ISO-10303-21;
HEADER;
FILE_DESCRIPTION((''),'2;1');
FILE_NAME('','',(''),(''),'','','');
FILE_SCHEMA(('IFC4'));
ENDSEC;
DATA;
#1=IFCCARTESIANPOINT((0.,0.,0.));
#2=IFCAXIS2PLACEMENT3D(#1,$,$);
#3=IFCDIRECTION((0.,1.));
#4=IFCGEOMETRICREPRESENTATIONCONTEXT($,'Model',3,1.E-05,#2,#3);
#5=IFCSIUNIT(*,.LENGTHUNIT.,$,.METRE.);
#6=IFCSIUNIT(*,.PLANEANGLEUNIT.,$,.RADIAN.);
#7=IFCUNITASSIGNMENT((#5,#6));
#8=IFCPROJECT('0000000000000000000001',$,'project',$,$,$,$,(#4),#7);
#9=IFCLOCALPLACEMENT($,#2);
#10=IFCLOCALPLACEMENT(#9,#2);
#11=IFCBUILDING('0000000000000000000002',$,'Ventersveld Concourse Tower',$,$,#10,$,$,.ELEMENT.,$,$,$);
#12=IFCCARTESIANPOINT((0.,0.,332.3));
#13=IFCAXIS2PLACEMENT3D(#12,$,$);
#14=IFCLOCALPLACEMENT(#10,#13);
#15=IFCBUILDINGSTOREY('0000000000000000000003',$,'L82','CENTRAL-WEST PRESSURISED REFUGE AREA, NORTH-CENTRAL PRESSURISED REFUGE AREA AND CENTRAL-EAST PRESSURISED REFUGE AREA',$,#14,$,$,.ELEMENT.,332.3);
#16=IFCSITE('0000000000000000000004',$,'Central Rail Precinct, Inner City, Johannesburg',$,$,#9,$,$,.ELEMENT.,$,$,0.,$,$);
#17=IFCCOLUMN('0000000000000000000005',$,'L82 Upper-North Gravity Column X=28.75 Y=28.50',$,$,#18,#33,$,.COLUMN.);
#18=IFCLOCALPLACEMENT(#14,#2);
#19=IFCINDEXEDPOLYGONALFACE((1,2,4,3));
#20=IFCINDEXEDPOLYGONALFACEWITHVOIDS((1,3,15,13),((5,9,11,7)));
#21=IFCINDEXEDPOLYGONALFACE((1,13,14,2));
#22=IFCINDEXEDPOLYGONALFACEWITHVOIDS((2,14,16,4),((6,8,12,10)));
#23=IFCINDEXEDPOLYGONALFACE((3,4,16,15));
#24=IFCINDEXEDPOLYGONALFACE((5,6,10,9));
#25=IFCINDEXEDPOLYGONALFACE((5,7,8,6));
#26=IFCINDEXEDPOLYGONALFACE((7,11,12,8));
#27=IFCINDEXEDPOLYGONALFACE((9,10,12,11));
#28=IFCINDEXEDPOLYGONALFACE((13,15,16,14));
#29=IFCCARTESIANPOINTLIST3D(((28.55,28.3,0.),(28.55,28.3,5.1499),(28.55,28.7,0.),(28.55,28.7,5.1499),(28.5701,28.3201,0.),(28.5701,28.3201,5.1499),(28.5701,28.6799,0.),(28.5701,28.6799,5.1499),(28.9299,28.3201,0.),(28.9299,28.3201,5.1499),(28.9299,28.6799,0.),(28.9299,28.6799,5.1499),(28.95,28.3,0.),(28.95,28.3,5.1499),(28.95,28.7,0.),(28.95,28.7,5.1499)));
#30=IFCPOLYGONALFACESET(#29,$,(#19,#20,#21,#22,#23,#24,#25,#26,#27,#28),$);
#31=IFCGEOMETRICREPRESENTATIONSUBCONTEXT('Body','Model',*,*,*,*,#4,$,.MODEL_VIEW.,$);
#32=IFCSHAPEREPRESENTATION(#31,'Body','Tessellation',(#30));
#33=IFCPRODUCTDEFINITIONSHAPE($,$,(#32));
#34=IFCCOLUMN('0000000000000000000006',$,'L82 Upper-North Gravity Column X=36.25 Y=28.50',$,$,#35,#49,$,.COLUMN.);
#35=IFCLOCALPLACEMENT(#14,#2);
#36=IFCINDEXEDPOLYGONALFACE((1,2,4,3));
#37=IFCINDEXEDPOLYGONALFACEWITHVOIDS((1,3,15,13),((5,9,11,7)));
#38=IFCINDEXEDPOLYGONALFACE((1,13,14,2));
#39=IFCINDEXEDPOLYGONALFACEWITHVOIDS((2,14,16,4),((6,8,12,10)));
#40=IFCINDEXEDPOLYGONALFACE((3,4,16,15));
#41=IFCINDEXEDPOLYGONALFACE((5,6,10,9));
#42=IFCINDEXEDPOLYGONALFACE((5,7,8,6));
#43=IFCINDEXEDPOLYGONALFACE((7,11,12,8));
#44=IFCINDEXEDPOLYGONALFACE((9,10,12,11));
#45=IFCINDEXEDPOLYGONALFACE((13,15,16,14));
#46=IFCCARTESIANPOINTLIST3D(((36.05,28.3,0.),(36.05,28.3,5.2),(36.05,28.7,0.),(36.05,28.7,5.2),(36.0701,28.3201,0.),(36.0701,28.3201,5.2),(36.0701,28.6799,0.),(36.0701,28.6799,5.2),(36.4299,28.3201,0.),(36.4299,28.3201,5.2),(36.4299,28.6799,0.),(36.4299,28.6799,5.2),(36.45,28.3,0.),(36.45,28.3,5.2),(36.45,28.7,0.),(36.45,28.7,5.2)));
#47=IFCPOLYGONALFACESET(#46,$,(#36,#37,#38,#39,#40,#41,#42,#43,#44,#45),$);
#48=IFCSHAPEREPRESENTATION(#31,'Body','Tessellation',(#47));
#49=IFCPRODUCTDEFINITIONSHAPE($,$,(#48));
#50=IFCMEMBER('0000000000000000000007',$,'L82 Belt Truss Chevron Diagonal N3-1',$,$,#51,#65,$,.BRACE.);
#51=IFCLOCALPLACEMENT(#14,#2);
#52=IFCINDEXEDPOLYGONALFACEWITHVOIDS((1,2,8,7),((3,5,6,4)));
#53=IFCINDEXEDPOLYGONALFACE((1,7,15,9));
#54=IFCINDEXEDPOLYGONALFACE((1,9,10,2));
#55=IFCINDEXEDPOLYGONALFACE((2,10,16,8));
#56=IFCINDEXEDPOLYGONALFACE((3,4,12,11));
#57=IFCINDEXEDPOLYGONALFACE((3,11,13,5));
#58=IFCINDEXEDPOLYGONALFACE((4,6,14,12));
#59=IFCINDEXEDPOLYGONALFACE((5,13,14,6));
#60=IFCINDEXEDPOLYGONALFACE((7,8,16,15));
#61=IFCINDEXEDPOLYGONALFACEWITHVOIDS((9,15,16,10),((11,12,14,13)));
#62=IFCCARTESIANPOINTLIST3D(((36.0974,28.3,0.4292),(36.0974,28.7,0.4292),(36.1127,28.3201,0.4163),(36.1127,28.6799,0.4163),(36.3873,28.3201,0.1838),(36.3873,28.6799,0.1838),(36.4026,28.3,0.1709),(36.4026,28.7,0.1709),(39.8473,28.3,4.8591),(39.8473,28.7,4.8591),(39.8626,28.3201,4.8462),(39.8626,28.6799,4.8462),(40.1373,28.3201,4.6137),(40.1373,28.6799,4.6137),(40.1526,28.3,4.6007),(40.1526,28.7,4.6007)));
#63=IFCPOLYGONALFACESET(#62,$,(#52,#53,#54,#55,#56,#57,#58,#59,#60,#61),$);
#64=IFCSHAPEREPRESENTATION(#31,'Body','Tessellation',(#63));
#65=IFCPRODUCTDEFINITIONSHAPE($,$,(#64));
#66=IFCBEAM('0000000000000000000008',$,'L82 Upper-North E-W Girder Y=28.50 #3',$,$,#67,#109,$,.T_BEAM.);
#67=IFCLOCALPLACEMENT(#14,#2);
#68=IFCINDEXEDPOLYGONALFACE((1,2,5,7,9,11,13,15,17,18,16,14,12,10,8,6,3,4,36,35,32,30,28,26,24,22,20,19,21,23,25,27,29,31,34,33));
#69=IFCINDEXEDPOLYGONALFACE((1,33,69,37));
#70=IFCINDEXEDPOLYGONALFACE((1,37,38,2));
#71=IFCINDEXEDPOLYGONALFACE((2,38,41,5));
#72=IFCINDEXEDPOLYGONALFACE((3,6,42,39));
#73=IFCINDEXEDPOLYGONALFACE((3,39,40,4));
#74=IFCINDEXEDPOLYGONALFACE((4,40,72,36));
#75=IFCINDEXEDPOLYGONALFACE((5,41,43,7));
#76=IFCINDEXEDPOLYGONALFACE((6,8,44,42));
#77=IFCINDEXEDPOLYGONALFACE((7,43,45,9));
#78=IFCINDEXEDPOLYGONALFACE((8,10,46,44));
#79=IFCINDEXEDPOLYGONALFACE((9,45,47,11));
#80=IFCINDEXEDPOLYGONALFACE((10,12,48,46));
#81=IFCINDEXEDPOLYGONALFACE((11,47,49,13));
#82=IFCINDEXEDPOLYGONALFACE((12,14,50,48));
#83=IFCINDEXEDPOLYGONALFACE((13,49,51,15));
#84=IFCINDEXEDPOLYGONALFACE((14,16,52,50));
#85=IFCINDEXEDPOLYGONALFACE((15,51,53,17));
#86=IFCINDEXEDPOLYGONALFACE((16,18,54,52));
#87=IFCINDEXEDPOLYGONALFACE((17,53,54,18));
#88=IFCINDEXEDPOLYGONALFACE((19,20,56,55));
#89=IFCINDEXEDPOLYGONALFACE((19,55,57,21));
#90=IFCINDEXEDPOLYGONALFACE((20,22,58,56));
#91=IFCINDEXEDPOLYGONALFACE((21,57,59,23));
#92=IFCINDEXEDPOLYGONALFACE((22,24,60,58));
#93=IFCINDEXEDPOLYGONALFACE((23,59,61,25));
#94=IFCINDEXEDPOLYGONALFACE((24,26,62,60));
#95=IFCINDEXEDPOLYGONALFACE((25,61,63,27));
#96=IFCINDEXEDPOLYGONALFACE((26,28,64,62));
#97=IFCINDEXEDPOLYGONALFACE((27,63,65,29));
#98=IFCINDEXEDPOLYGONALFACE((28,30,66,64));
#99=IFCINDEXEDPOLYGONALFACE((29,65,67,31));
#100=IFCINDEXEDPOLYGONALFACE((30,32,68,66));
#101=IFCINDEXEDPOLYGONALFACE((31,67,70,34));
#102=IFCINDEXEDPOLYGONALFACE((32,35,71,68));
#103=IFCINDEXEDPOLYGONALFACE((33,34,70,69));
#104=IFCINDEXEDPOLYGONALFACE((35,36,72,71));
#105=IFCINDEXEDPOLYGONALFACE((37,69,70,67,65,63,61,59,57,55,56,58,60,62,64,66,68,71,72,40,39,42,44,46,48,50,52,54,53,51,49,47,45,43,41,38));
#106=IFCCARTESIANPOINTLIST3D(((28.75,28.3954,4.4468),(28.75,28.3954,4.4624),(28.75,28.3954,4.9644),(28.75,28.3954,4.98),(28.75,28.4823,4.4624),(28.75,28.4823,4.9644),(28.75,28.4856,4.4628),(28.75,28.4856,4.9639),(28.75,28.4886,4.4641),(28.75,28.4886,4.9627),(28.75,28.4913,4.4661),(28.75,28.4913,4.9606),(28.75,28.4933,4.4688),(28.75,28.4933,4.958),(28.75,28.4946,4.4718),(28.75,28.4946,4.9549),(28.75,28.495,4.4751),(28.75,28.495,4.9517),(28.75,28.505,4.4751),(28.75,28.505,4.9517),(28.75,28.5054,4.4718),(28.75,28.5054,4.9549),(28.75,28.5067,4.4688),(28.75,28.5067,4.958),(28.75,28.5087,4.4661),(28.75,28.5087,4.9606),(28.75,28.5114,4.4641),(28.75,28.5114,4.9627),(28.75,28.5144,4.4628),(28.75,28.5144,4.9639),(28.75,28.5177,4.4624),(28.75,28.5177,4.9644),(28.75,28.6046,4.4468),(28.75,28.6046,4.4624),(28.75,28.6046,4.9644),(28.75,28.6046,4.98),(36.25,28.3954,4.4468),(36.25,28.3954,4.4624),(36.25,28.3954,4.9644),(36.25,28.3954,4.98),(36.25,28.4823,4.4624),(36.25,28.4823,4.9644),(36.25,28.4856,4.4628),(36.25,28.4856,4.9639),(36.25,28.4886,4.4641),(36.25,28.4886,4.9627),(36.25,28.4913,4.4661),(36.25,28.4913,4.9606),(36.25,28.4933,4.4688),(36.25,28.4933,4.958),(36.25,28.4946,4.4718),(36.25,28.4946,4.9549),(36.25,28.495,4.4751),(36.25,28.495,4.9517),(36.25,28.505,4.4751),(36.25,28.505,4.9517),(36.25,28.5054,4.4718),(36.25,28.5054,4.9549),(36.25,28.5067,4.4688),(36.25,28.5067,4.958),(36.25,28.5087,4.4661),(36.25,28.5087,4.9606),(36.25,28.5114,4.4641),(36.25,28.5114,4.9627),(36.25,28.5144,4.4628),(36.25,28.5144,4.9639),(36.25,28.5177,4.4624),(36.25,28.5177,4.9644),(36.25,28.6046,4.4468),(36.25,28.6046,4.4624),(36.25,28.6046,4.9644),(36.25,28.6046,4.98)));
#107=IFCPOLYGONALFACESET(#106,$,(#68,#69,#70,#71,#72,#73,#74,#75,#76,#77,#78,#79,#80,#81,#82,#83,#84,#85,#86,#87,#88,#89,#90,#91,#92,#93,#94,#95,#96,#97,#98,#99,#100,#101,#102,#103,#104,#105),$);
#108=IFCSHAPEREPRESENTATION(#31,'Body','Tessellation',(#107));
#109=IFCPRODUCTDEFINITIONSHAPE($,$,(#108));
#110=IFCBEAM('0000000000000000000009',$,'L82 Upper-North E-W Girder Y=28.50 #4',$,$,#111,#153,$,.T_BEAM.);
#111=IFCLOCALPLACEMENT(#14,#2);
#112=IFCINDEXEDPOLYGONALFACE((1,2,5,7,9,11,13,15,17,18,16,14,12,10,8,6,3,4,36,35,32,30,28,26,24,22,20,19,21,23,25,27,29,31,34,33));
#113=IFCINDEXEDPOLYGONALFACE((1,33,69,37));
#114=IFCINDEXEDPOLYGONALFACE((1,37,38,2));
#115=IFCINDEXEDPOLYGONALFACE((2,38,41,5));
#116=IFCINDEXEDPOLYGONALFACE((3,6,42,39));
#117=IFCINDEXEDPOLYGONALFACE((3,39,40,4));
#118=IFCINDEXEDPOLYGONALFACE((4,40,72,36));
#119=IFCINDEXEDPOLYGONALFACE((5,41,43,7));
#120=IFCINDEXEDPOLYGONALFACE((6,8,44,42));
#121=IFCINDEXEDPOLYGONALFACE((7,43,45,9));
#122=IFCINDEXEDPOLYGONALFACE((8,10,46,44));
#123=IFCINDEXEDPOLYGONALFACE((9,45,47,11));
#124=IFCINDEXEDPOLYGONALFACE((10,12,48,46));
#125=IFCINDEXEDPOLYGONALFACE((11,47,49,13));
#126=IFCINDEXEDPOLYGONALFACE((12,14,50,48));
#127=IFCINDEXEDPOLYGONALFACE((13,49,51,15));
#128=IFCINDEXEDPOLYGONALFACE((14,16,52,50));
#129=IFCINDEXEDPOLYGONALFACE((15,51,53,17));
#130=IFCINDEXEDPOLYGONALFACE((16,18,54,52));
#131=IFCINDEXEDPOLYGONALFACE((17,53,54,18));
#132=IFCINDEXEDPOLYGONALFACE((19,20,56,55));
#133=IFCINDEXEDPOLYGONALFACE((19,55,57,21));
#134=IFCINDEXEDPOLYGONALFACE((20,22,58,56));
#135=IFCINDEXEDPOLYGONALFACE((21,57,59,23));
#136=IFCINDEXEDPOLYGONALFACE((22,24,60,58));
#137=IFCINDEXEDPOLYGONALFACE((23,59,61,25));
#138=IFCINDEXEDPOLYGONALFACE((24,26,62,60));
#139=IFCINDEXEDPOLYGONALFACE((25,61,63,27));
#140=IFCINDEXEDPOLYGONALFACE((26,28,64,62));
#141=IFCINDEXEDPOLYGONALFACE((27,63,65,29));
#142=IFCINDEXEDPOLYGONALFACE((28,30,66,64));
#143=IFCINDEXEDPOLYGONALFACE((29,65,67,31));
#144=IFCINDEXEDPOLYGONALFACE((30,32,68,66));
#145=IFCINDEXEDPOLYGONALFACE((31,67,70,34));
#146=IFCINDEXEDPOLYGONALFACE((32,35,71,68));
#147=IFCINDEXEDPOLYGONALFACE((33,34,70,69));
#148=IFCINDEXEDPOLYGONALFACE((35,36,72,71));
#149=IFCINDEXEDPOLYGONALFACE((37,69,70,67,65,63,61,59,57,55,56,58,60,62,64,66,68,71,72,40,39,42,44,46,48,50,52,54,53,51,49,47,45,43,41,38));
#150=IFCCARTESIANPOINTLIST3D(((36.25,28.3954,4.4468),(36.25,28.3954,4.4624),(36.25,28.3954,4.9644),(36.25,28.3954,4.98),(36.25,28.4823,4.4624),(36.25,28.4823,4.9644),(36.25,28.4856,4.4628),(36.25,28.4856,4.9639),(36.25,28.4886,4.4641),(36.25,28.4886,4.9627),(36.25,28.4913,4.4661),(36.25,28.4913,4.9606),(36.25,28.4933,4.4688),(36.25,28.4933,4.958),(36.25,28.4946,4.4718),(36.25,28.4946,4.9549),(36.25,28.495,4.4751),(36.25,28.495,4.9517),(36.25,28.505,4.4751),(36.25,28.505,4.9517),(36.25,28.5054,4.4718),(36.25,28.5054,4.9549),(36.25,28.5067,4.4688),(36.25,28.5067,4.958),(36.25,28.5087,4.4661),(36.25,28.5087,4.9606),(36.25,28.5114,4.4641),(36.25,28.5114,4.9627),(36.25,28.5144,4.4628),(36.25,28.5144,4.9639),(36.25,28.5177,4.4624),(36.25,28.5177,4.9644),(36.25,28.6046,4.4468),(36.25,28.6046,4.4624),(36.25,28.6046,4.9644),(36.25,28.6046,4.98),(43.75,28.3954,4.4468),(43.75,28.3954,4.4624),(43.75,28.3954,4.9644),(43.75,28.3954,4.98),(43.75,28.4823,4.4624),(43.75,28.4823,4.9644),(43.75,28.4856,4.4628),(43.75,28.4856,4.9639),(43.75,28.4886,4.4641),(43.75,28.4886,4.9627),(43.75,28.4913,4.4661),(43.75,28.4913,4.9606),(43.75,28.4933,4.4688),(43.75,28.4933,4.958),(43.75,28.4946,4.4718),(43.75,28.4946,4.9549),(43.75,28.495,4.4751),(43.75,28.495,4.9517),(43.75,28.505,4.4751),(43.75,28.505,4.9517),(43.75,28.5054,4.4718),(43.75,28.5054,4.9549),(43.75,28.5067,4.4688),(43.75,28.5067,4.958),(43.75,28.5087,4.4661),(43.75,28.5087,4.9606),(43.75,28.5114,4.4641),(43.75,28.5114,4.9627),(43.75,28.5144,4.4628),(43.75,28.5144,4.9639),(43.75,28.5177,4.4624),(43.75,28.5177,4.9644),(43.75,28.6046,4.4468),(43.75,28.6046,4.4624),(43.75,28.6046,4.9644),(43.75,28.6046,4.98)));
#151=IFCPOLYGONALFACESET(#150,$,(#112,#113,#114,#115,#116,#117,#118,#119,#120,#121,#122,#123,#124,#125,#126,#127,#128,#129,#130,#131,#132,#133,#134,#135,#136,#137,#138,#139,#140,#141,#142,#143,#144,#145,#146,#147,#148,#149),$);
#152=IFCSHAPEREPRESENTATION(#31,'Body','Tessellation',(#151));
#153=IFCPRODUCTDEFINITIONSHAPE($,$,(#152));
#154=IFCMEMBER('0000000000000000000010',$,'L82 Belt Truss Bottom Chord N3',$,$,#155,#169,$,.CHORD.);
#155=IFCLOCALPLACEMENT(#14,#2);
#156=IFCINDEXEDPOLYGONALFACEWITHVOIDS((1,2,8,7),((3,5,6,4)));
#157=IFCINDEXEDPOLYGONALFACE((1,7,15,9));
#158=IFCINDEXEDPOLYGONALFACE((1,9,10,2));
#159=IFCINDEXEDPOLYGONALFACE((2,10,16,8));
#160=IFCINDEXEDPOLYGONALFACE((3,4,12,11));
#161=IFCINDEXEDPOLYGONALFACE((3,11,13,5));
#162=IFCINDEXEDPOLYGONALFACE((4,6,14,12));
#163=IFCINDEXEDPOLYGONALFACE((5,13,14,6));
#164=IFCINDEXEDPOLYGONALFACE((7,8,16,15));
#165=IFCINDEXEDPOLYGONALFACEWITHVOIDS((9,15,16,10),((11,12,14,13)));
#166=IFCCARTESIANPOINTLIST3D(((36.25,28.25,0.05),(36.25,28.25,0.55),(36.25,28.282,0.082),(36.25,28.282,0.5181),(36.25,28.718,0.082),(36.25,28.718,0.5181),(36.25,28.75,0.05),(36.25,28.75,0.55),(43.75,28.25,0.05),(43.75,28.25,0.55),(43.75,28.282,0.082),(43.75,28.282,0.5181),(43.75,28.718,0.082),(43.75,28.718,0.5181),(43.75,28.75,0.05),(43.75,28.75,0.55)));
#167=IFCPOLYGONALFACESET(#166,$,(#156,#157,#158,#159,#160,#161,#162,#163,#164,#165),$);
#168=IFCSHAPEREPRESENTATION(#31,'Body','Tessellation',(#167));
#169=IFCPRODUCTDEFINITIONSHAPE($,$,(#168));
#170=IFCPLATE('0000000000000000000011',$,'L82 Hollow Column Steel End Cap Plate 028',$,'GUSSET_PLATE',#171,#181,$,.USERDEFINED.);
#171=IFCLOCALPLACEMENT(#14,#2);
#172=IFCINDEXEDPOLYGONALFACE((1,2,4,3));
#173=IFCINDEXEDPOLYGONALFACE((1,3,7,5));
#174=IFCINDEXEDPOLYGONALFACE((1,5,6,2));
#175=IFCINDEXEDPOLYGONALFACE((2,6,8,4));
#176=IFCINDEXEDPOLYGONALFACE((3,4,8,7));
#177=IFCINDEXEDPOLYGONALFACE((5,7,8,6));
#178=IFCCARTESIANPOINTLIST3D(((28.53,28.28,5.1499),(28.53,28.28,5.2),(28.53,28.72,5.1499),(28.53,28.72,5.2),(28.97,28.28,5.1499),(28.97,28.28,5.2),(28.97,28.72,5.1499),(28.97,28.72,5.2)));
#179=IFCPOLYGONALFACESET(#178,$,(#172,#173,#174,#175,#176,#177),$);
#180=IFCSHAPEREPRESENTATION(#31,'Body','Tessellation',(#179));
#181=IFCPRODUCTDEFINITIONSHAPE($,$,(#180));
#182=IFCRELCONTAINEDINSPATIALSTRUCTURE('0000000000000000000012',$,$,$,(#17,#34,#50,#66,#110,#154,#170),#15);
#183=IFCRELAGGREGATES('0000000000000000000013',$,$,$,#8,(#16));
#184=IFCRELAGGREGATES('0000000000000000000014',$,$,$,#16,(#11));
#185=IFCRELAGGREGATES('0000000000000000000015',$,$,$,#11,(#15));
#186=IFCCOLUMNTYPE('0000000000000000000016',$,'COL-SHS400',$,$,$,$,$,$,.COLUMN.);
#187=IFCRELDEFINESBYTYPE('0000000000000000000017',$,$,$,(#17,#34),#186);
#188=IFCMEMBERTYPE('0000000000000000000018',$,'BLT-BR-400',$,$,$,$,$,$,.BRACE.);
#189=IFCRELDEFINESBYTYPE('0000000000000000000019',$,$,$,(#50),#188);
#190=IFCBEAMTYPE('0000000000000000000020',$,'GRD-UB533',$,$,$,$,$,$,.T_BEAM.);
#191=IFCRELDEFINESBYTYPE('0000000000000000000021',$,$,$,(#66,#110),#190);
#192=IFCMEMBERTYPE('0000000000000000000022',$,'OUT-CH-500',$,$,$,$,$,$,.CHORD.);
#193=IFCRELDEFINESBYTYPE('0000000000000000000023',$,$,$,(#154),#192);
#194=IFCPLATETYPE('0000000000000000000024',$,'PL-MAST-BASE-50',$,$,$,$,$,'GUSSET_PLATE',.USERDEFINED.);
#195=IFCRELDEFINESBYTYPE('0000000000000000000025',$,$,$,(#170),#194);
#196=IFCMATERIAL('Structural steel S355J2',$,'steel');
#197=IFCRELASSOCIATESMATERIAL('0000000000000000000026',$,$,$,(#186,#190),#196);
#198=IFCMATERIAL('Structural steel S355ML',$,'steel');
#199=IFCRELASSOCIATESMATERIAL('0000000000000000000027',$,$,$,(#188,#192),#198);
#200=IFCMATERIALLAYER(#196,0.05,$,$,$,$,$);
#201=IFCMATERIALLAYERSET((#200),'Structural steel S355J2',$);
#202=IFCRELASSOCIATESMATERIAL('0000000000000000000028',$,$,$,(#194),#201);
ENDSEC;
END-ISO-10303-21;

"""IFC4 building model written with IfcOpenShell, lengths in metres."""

from ifc_helpers import new_model, si_unit, direction, frame, origin, origin_2d, place, context, subcontext, project, spatial, rectangle, hollow_rectangle, i_section, extrude, material, layer, layer_set, material_profile, profile_set, type_object, element, save


model = new_model("IFC4")

# Units and contexts
model_context = context("Model", 3, precision=1e-05, world=origin(), true_north=direction((0.0, 1.0)))
body_context = subcontext(model_context, "Body", "Model", "MODEL_VIEW")
ifc_project = project(units=[si_unit("LENGTHUNIT", "METRE"), si_unit("PLANEANGLEUNIT", "RADIAN")], contexts=[model_context])

# Site, building, storey
site_placement = place(None, origin())
site = spatial("IfcSite", under=ifc_project, at=site_placement, Name="Central Rail Precinct, Inner City, Johannesburg", CompositionType="ELEMENT", RefElevation=0.0)
building_placement = place(site_placement, origin())
building = spatial("IfcBuilding", under=site, at=building_placement, Name="Ventersveld Concourse Tower", CompositionType="ELEMENT")
storey_placement = place(building_placement, frame((0.0, 0.0, 332.3)))
storey = spatial("IfcBuildingStorey", under=building, at=storey_placement, Name="L82", Description="CENTRAL-WEST PRESSURISED REFUGE AREA, NORTH-CENTRAL PRESSURISED REFUGE AREA AND CENTRAL-EAST PRESSURISED REFUGE AREA", CompositionType="ELEMENT", Elevation=332.3)

# Columns
ifc_material_1 = material(Name="Structural steel S355J2", Category="steel")
ifc_material_profile_1 = material_profile(ifc_material_1, hollow_rectangle(XDim=0.3999, YDim=0.3999, WallThickness=0.02, at=origin_2d()), Name="SHS 400x400x20")
ifc_profile_set_1 = profile_set([ifc_material_profile_1], Name="Structural steel S355J2")
column_type = type_object("IfcColumnType", Name="COL-SHS400", PredefinedType="COLUMN", material=ifc_profile_set_1)
column_1_placement = place(storey_placement, frame((28.75, 28.5, 0.0), z_axis=(0.0, 0.0, 1.0), x_axis=(1.0, 0.0, 0.0)))
element("IfcColumn", 1, at=column_1_placement, inside=storey, type_object=column_type, Name="L82 Upper-North Gravity Column X=28.75 Y=28.50", PredefinedType="COLUMN", context=body_context, shape_type="SweptSolid", body=[
    extrude(hollow_rectangle(XDim=0.3999, YDim=0.3999, WallThickness=0.02, at=origin_2d()), origin(), (0.0, 0.0, 1.0), 5.1499),
])
column_2_placement = place(storey_placement, frame((36.25, 28.5, 0.0), z_axis=(0.0, 0.0, 1.0), x_axis=(1.0, 0.0, 0.0)))
element("IfcColumn", 2, at=column_2_placement, inside=storey, type_object=column_type, Name="L82 Upper-North Gravity Column X=36.25 Y=28.50", PredefinedType="COLUMN", context=body_context, shape_type="SweptSolid", body=[
    extrude(hollow_rectangle(XDim=0.3999, YDim=0.3999, WallThickness=0.02, at=origin_2d()), origin(), (0.0, 0.0, 1.0), 5.2),
])

# Member
ifc_material_2 = material(Name="Structural steel S355ML", Category="steel")
ifc_material_profile_2 = material_profile(ifc_material_2, hollow_rectangle(XDim=0.3999, YDim=0.3999, WallThickness=0.02, at=origin_2d()), Name="SHS 400x400x20")
ifc_profile_set_2 = profile_set([ifc_material_profile_2], Name="Structural steel S355ML")
member_type_1 = type_object("IfcMemberType", Name="BLT-BR-400", PredefinedType="BRACE", material=ifc_profile_set_2)
member_1_placement = place(storey_placement, frame((36.25, 28.5, 0.3), z_axis=(0.646103, 0.0, 0.763251), x_axis=(0.0, 1.0, 0.0)))
element("IfcMember", 3, at=member_1_placement, inside=storey, type_object=member_type_1, Name="L82 Belt Truss Chevron Diagonal N3-1", PredefinedType="BRACE", context=body_context, shape_type="SweptSolid", body=[
    extrude(hollow_rectangle(XDim=0.3999, YDim=0.3999, WallThickness=0.02, at=origin_2d()), origin(), (0.0, 0.0, 1.0), 5.804),
])

# Beams
ifc_material_profile_3 = material_profile(ifc_material_1, i_section(OverallWidth=0.2092, OverallDepth=0.5332, WebThickness=0.01, FlangeThickness=0.0156, FilletRadius=0.0127, at=origin_2d()), Name="UB 533x210x92")
ifc_profile_set_3 = profile_set([ifc_material_profile_3], Name="Structural steel S355J2")
beam_type = type_object("IfcBeamType", Name="GRD-UB533", PredefinedType="T_BEAM", material=ifc_profile_set_3)
for number, where, z_axis, x_axis, name in (
    (4, (28.75, 28.5, 4.7134), (1.0, 0.0, 0.0), (0.0, 1.0, 0.0), "L82 Upper-North E-W Girder Y=28.50 #3"),
    (5, (36.25, 28.5, 4.7134), (1.0, 0.0, 0.0), (0.0, 1.0, 0.0), "L82 Upper-North E-W Girder Y=28.50 #4"),
):
    element("IfcBeam", number, at=place(storey_placement, frame(where, z_axis=z_axis, x_axis=x_axis)), inside=storey, type_object=beam_type, Name=name, PredefinedType="T_BEAM", context=body_context, shape_type="SweptSolid", body=[
        extrude(i_section(OverallWidth=0.2092, OverallDepth=0.5332, WebThickness=0.01, FlangeThickness=0.0156, FilletRadius=0.0127, at=origin_2d()), origin(), (0.0, 0.0, 1.0), 7.5),
    ])

# Member
ifc_material_profile_4 = material_profile(ifc_material_2, hollow_rectangle(XDim=0.5, YDim=0.5, WallThickness=0.032, at=origin_2d()), Name="BOX 500x500x32")
ifc_profile_set_4 = profile_set([ifc_material_profile_4], Name="Structural steel S355ML")
member_type_2 = type_object("IfcMemberType", Name="OUT-CH-500", PredefinedType="CHORD", material=ifc_profile_set_4)
member_2_placement = place(storey_placement, frame((36.25, 28.5, 0.3), z_axis=(1.0, 0.0, 0.0), x_axis=(0.0, 1.0, 0.0)))
element("IfcMember", 6, at=member_2_placement, inside=storey, type_object=member_type_2, Name="L82 Belt Truss Bottom Chord N3", PredefinedType="CHORD", context=body_context, shape_type="SweptSolid", body=[
    extrude(hollow_rectangle(XDim=0.5, YDim=0.5, WallThickness=0.032, at=origin_2d()), origin(), (0.0, 0.0, 1.0), 7.5),
])

# Plate
ifc_layer_1 = layer(ifc_material_1, 0.05)
ifc_layer_set_1 = layer_set([ifc_layer_1], Name="Structural steel S355J2")
plate_type = type_object("IfcPlateType", Name="PL-MAST-BASE-50", ElementType="GUSSET_PLATE", PredefinedType="USERDEFINED", material=ifc_layer_set_1)
plate_placement = place(storey_placement, frame((28.75, 28.5, 5.1499), z_axis=(0.0, 0.0, 1.0), x_axis=(1.0, 0.0, 0.0)))
element("IfcPlate", 7, at=plate_placement, inside=storey, type_object=plate_type, Name="L82 Hollow Column Steel End Cap Plate 028", ObjectType="GUSSET_PLATE", PredefinedType="USERDEFINED", context=body_context, shape_type="SweptSolid", body=[
    extrude(rectangle(XDim=0.4399, YDim=0.4399, at=origin_2d()), origin(), (0.0, 0.0, 1.0), 0.05),
])

save(model, "model.ifc")
